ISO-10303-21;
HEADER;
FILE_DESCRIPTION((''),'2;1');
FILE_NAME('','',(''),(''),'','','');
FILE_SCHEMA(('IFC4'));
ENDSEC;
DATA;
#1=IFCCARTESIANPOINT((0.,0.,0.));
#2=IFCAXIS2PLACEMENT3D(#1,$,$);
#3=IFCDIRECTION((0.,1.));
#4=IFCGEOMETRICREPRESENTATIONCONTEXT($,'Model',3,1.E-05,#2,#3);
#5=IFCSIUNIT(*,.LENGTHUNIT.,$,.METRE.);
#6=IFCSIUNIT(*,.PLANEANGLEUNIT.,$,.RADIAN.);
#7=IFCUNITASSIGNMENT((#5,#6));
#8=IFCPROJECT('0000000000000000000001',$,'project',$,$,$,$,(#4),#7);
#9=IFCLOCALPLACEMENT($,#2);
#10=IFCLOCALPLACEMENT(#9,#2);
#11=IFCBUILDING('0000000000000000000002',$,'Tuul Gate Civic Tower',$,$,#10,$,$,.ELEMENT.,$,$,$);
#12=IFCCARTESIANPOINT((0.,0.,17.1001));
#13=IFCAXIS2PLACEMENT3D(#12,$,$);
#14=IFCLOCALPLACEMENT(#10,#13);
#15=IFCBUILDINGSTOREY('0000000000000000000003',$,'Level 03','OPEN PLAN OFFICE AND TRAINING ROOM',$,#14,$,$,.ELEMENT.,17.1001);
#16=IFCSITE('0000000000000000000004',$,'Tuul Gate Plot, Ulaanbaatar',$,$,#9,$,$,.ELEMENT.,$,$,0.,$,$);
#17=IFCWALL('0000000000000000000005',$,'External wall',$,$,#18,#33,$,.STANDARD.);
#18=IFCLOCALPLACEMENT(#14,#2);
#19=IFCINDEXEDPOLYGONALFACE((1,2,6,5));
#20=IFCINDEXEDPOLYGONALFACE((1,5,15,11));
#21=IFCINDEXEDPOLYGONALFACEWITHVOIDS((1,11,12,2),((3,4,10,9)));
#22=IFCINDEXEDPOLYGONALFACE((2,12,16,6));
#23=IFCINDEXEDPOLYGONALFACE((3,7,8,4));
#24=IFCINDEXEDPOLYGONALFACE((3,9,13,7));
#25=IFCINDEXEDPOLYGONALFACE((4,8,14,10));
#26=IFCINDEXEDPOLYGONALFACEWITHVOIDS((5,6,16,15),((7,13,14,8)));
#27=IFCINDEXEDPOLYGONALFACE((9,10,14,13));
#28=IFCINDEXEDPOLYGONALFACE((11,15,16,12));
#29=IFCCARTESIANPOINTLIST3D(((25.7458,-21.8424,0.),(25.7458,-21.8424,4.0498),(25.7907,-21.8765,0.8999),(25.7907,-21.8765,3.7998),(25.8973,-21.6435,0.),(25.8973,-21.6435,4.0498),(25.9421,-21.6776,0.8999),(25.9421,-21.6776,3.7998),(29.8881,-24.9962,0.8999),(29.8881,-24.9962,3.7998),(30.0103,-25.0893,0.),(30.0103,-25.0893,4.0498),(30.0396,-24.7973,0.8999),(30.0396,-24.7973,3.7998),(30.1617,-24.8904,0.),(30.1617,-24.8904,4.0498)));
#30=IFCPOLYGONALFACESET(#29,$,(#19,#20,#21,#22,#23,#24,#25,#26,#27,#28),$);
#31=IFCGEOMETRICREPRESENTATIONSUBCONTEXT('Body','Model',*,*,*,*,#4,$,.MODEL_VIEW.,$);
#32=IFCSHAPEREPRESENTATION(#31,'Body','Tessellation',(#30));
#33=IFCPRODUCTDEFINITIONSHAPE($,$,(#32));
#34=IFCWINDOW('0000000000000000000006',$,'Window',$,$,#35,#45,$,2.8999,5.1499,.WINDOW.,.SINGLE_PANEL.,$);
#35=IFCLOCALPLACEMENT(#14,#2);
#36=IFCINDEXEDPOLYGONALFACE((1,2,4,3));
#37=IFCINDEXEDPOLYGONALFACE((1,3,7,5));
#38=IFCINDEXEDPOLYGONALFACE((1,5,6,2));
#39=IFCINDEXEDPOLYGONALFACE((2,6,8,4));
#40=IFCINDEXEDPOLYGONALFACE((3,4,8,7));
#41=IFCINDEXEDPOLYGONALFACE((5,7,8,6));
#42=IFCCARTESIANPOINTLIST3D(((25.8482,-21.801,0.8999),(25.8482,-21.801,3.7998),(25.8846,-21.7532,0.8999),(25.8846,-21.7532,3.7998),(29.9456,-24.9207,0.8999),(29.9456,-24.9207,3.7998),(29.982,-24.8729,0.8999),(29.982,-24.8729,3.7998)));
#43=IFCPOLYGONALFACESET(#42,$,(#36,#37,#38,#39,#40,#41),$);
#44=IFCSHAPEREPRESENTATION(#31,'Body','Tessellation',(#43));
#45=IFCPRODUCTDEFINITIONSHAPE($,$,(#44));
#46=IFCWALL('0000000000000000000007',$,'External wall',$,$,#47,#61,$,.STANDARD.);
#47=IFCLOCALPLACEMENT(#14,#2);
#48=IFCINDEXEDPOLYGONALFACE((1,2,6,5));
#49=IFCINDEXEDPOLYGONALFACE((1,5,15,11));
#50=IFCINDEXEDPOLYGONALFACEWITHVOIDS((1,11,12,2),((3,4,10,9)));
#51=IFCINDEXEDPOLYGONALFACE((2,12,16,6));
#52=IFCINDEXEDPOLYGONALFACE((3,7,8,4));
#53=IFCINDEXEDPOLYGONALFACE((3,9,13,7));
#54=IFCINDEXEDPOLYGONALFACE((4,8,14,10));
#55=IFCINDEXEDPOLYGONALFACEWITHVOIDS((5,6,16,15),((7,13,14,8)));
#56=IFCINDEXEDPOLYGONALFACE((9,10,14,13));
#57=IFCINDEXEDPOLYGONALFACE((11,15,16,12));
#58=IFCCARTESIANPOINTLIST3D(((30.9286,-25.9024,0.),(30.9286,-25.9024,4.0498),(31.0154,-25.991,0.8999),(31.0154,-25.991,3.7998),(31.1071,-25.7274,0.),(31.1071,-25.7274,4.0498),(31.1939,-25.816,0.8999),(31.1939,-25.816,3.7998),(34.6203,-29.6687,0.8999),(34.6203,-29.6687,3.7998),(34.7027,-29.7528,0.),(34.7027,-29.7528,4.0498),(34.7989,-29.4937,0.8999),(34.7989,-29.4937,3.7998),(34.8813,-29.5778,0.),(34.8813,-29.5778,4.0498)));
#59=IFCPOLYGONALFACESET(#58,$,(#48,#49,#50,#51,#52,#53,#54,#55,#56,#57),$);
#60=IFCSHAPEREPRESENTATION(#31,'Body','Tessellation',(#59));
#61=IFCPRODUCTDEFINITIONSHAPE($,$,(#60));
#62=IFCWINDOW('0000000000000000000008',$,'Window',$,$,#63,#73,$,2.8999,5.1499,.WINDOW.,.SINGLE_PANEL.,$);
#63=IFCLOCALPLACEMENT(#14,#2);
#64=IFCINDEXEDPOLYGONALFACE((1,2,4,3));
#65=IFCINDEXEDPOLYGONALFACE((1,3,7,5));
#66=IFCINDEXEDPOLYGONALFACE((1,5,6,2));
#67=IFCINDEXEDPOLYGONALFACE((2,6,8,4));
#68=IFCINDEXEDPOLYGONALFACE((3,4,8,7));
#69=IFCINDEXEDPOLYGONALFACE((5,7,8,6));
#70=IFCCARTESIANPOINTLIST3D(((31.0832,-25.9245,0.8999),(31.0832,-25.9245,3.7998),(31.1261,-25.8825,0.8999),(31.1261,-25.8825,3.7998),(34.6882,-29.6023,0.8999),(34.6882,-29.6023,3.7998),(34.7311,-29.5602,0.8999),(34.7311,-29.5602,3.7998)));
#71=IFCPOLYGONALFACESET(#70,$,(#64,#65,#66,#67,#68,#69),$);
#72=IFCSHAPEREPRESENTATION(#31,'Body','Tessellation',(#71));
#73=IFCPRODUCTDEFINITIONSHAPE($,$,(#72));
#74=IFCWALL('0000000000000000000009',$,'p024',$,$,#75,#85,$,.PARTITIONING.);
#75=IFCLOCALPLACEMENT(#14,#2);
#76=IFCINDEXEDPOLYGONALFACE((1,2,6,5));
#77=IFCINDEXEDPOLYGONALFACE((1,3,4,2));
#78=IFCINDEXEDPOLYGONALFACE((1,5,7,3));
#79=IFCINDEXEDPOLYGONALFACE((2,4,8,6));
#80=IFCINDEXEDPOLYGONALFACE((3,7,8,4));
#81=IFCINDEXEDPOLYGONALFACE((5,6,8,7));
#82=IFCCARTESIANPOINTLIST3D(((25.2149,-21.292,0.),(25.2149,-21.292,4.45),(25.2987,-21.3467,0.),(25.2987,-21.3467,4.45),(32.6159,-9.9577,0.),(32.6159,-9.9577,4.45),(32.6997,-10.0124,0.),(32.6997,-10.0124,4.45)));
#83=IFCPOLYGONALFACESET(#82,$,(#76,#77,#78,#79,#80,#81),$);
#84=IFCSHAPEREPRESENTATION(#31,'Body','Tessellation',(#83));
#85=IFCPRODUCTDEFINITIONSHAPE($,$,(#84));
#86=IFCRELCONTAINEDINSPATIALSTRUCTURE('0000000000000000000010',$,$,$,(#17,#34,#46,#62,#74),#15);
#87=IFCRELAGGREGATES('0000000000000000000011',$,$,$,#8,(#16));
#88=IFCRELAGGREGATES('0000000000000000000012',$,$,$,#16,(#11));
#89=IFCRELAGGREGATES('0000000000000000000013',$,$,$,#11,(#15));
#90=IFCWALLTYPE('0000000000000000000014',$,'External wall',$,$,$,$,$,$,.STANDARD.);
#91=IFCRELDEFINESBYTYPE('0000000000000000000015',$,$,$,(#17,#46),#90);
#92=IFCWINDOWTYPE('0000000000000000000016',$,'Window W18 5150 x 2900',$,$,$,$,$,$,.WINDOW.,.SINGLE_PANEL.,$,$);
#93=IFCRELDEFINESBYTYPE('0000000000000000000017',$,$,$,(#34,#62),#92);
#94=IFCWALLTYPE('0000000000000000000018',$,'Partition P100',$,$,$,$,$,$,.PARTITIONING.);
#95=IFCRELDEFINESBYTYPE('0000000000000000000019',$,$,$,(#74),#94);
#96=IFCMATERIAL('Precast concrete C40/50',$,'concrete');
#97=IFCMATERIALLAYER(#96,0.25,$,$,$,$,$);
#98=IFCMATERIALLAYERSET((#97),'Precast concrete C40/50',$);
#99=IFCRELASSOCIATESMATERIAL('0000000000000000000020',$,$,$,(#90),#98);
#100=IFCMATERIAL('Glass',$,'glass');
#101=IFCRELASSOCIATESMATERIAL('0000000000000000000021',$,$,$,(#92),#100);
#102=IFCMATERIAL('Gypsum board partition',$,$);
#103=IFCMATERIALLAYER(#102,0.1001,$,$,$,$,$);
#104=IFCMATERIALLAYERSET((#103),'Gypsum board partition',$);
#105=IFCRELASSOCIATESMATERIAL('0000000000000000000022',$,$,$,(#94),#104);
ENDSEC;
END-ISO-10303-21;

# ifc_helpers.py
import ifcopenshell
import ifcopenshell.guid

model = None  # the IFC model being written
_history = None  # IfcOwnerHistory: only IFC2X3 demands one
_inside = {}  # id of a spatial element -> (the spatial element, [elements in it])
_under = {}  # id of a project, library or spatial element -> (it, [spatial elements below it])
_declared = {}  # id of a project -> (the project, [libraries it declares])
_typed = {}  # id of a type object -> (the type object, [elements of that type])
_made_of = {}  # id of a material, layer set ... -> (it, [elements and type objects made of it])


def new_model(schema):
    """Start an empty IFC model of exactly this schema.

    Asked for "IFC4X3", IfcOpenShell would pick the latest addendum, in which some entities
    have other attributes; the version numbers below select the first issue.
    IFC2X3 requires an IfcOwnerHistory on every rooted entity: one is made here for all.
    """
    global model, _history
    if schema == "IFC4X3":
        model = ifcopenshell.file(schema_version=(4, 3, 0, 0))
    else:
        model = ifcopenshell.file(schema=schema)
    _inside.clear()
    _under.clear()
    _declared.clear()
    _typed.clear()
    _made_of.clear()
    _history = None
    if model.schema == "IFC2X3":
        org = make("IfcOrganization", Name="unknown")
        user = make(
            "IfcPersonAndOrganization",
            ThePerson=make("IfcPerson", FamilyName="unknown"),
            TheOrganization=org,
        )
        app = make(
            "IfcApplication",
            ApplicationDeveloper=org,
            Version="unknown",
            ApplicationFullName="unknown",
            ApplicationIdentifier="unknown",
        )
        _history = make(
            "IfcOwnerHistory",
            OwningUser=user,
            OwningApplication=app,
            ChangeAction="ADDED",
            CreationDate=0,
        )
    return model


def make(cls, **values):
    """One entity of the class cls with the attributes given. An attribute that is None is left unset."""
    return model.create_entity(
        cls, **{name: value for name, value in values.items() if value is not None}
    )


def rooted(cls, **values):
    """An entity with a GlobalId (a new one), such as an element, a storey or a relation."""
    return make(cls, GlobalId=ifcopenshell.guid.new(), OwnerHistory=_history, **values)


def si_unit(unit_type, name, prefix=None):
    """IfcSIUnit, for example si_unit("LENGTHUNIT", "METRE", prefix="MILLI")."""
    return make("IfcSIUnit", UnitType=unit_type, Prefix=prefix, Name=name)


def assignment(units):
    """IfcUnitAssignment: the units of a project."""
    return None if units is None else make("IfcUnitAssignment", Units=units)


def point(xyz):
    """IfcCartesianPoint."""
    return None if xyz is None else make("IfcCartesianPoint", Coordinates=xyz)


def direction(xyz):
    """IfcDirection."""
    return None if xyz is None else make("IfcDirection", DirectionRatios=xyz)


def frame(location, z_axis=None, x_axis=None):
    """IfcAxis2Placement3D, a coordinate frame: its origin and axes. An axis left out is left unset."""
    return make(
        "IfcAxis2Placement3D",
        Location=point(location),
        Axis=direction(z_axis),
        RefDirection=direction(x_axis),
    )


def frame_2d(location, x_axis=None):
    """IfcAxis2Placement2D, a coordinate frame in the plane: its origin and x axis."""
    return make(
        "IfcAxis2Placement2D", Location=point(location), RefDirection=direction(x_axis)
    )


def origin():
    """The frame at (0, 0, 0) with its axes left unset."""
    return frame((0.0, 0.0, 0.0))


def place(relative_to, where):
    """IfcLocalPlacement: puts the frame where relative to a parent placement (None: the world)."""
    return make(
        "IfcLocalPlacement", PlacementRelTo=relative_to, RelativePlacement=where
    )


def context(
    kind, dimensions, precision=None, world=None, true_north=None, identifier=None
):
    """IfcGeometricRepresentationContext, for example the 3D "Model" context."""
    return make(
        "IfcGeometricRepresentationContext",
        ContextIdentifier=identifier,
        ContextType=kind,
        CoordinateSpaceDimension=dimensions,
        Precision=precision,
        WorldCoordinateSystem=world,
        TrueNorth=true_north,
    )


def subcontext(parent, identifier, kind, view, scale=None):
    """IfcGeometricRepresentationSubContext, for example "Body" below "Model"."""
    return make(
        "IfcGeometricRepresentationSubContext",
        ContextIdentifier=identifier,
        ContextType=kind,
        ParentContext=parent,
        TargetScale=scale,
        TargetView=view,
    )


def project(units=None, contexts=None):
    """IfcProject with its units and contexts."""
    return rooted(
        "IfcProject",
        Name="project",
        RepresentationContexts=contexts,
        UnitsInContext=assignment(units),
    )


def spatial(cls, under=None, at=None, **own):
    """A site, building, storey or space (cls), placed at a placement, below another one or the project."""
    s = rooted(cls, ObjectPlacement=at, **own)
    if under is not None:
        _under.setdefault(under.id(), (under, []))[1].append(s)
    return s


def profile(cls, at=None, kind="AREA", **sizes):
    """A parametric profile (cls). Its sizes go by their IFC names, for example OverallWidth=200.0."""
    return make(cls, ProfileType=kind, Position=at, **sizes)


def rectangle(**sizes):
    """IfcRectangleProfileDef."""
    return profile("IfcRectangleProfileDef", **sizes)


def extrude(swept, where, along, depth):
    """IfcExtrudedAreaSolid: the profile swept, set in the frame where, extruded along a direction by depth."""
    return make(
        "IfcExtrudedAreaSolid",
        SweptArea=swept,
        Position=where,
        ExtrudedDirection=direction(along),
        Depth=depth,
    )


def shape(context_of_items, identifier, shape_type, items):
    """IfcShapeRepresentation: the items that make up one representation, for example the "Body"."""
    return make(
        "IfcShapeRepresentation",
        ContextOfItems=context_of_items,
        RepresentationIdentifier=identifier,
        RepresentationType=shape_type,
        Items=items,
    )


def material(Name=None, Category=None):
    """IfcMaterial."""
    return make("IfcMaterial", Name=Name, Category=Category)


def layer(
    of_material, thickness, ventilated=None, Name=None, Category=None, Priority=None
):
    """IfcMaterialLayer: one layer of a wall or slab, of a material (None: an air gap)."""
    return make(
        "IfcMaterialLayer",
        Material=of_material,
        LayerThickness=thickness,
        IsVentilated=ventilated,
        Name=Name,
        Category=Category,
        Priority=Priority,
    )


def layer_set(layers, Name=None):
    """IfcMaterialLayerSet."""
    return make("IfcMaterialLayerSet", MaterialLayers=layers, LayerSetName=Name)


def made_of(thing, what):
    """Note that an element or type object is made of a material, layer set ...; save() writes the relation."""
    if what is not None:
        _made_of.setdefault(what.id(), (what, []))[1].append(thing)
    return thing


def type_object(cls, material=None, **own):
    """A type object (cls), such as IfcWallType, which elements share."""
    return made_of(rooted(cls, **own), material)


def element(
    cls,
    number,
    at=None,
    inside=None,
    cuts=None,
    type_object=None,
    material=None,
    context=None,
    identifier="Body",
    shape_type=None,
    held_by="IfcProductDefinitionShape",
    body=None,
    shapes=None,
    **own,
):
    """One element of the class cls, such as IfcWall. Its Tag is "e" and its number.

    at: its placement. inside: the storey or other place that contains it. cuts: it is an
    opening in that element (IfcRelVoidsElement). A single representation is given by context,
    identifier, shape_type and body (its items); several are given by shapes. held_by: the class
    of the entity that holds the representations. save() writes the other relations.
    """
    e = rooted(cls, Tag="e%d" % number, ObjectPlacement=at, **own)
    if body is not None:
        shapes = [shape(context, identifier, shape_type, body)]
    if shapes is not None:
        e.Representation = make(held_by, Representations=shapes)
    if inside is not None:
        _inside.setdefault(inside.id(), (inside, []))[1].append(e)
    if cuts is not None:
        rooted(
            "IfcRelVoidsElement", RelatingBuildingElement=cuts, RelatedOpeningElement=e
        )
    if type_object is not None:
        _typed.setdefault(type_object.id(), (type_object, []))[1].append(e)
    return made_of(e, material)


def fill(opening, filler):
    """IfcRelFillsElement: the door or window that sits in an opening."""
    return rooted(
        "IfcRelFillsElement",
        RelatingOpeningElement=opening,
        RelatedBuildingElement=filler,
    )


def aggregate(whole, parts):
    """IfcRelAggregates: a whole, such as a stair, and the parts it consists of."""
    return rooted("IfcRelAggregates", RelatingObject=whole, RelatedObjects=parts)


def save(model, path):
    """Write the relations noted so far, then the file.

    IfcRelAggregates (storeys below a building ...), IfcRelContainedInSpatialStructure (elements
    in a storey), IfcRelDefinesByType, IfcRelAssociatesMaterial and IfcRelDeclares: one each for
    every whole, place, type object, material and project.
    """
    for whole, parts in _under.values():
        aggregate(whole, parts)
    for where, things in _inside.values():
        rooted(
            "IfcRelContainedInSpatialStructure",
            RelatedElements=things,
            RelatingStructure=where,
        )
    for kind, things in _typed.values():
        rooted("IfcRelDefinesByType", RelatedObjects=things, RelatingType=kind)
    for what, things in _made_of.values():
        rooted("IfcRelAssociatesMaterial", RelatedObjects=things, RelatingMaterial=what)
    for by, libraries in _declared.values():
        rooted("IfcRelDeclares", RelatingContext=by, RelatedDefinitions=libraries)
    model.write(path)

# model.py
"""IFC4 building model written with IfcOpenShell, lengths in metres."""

from ifc_helpers import new_model, si_unit, direction, frame, frame_2d, origin, place, context, subcontext, project, spatial, rectangle, extrude, material, layer, layer_set, type_object, element, fill, save


model = new_model("IFC4")

# Units and contexts
model_context = context("Model", 3, precision=1e-05, world=origin(), true_north=direction((0.0, 1.0)))
body_context = subcontext(model_context, "Body", "Model", "MODEL_VIEW")
ifc_project = project(units=[si_unit("LENGTHUNIT", "METRE"), si_unit("PLANEANGLEUNIT", "RADIAN")], contexts=[model_context])

# Site, building, storey
site_placement = place(None, origin())
site = spatial("IfcSite", under=ifc_project, at=site_placement, Name="Tuul Gate Plot, Ulaanbaatar", CompositionType="ELEMENT", RefElevation=0.0)
building_placement = place(site_placement, origin())
building = spatial("IfcBuilding", under=site, at=building_placement, Name="Tuul Gate Civic Tower", CompositionType="ELEMENT")
storey_placement = place(building_placement, frame((0.0, 0.0, 17.1001)))
storey = spatial("IfcBuildingStorey", under=building, at=storey_placement, Name="Level 03", Description="OPEN PLAN OFFICE AND TRAINING ROOM", CompositionType="ELEMENT", Elevation=17.1001)

# Walls, openings, windows
ifc_material_1 = material(Name="Precast concrete C40/50", Category="concrete")
ifc_layer_1 = layer(ifc_material_1, 0.25)
ifc_layer_set_1 = layer_set([ifc_layer_1], Name="Precast concrete C40/50")
wall_type_1 = type_object("IfcWallType", Name="External wall", PredefinedType="STANDARD", material=ifc_layer_set_1)
wall_1_placement = place(storey_placement, frame((25.8215, -21.7429, 0.0), z_axis=(0.0, 0.0, 1.0), x_axis=(0.795633, -0.605778, 0.0)))
wall_1 = element("IfcWall", 1, at=wall_1_placement, inside=storey, type_object=wall_type_1, Name="External wall", PredefinedType="STANDARD", context=body_context, shape_type="SweptSolid", body=[
    extrude(rectangle(XDim=5.3599, YDim=0.25, at=frame_2d((2.6799, 0.0))), origin(), (0.0, 0.0, 1.0), 4.0498),
])
opening_1_placement = place(wall_1_placement, frame((0.0564, 0.0, 0.8999)))
opening_1 = element("IfcOpeningElement", 2, at=opening_1_placement, cuts=wall_1, PredefinedType="OPENING", context=body_context, shape_type="SweptSolid", body=[
    extrude(rectangle(XDim=5.1499, YDim=2.8999, at=frame_2d((2.575, 1.45))), frame((0.0, 0.135, 0.0), z_axis=(0.0, -1.0, 0.0), x_axis=(1.0, 0.0, 0.0)), (0.0, 0.0, 1.0), 0.27),
])
ifc_material_2 = material(Name="Glass", Category="glass")
window_type_1 = type_object("IfcWindowType", Name="Window W18 5150 x 2900", PartitioningType="SINGLE_PANEL", PredefinedType="WINDOW", material=ifc_material_2)
window_1_placement = place(opening_1_placement, origin())
window_1 = element("IfcWindow", 3, at=window_1_placement, inside=storey, type_object=window_type_1, Name="Window", OverallHeight=2.8999, OverallWidth=5.1499, PartitioningType="SINGLE_PANEL", PredefinedType="WINDOW", context=body_context, shape_type="SweptSolid", body=[
    extrude(rectangle(XDim=5.1499, YDim=2.8999, at=frame_2d((2.575, 1.45))), frame((0.0, 0.03, 0.0), z_axis=(0.0, -1.0, 0.0), x_axis=(1.0, 0.0, 0.0)), (0.0, 0.0, 1.0), 0.0601),
])
fill(opening_1, window_1)
wall_2_placement = place(storey_placement, frame((31.0178, -25.8149, 0.0), z_axis=(0.0, 0.0, 1.0), x_axis=(0.700008, -0.714135, 0.0)))
wall_2 = element("IfcWall", 4, at=wall_2_placement, inside=storey, type_object=wall_type_1, Name="External wall", PredefinedType="STANDARD", context=body_context, shape_type="SweptSolid", body=[
    extrude(rectangle(XDim=5.3916, YDim=0.25, at=frame_2d((2.6958, 0.0))), origin(), (0.0, 0.0, 1.0), 4.0498),
])
opening_2_placement = place(wall_2_placement, frame((0.124, 0.0, 0.8999)))
opening_2 = element("IfcOpeningElement", 5, at=opening_2_placement, cuts=wall_2, PredefinedType="OPENING", context=body_context, shape_type="SweptSolid", body=[
    extrude(rectangle(XDim=5.1499, YDim=2.8999, at=frame_2d((2.575, 1.45))), frame((0.0, 0.135, 0.0), z_axis=(0.0, -1.0, 0.0), x_axis=(1.0, 0.0, 0.0)), (0.0, 0.0, 1.0), 0.27),
])
window_2_placement = place(opening_2_placement, origin())
window_2 = element("IfcWindow", 6, at=window_2_placement, inside=storey, type_object=window_type_1, Name="Window", OverallHeight=2.8999, OverallWidth=5.1499, PartitioningType="SINGLE_PANEL", PredefinedType="WINDOW", context=body_context, shape_type="SweptSolid", body=[
    extrude(rectangle(XDim=5.1499, YDim=2.8999, at=frame_2d((2.575, 1.45))), frame((0.0, 0.03, 0.0), z_axis=(0.0, -1.0, 0.0), x_axis=(1.0, 0.0, 0.0)), (0.0, 0.0, 1.0), 0.0601),
])
fill(opening_2, window_2)

# Wall
ifc_material_3 = material(Name="Gypsum board partition")
ifc_layer_2 = layer(ifc_material_3, 0.1001)
ifc_layer_set_2 = layer_set([ifc_layer_2], Name="Gypsum board partition")
wall_type_2 = type_object("IfcWallType", Name="Partition P100", PredefinedType="PARTITIONING", material=ifc_layer_set_2)
wall_3_placement = place(storey_placement, frame((25.2568, -21.3193, 0.0), z_axis=(0.0, 0.0, 1.0), x_axis=(0.546734, 0.837307, 0.0)))
element("IfcWall", 7, at=wall_3_placement, inside=storey, type_object=wall_type_2, Name="p024", PredefinedType="PARTITIONING", context=body_context, shape_type="SweptSolid", body=[
    extrude(rectangle(XDim=13.5366, YDim=0.1001, at=frame_2d((6.7683, 0.0))), origin(), (0.0, 0.0, 1.0), 4.45),
])

save(model, "model.ifc")
